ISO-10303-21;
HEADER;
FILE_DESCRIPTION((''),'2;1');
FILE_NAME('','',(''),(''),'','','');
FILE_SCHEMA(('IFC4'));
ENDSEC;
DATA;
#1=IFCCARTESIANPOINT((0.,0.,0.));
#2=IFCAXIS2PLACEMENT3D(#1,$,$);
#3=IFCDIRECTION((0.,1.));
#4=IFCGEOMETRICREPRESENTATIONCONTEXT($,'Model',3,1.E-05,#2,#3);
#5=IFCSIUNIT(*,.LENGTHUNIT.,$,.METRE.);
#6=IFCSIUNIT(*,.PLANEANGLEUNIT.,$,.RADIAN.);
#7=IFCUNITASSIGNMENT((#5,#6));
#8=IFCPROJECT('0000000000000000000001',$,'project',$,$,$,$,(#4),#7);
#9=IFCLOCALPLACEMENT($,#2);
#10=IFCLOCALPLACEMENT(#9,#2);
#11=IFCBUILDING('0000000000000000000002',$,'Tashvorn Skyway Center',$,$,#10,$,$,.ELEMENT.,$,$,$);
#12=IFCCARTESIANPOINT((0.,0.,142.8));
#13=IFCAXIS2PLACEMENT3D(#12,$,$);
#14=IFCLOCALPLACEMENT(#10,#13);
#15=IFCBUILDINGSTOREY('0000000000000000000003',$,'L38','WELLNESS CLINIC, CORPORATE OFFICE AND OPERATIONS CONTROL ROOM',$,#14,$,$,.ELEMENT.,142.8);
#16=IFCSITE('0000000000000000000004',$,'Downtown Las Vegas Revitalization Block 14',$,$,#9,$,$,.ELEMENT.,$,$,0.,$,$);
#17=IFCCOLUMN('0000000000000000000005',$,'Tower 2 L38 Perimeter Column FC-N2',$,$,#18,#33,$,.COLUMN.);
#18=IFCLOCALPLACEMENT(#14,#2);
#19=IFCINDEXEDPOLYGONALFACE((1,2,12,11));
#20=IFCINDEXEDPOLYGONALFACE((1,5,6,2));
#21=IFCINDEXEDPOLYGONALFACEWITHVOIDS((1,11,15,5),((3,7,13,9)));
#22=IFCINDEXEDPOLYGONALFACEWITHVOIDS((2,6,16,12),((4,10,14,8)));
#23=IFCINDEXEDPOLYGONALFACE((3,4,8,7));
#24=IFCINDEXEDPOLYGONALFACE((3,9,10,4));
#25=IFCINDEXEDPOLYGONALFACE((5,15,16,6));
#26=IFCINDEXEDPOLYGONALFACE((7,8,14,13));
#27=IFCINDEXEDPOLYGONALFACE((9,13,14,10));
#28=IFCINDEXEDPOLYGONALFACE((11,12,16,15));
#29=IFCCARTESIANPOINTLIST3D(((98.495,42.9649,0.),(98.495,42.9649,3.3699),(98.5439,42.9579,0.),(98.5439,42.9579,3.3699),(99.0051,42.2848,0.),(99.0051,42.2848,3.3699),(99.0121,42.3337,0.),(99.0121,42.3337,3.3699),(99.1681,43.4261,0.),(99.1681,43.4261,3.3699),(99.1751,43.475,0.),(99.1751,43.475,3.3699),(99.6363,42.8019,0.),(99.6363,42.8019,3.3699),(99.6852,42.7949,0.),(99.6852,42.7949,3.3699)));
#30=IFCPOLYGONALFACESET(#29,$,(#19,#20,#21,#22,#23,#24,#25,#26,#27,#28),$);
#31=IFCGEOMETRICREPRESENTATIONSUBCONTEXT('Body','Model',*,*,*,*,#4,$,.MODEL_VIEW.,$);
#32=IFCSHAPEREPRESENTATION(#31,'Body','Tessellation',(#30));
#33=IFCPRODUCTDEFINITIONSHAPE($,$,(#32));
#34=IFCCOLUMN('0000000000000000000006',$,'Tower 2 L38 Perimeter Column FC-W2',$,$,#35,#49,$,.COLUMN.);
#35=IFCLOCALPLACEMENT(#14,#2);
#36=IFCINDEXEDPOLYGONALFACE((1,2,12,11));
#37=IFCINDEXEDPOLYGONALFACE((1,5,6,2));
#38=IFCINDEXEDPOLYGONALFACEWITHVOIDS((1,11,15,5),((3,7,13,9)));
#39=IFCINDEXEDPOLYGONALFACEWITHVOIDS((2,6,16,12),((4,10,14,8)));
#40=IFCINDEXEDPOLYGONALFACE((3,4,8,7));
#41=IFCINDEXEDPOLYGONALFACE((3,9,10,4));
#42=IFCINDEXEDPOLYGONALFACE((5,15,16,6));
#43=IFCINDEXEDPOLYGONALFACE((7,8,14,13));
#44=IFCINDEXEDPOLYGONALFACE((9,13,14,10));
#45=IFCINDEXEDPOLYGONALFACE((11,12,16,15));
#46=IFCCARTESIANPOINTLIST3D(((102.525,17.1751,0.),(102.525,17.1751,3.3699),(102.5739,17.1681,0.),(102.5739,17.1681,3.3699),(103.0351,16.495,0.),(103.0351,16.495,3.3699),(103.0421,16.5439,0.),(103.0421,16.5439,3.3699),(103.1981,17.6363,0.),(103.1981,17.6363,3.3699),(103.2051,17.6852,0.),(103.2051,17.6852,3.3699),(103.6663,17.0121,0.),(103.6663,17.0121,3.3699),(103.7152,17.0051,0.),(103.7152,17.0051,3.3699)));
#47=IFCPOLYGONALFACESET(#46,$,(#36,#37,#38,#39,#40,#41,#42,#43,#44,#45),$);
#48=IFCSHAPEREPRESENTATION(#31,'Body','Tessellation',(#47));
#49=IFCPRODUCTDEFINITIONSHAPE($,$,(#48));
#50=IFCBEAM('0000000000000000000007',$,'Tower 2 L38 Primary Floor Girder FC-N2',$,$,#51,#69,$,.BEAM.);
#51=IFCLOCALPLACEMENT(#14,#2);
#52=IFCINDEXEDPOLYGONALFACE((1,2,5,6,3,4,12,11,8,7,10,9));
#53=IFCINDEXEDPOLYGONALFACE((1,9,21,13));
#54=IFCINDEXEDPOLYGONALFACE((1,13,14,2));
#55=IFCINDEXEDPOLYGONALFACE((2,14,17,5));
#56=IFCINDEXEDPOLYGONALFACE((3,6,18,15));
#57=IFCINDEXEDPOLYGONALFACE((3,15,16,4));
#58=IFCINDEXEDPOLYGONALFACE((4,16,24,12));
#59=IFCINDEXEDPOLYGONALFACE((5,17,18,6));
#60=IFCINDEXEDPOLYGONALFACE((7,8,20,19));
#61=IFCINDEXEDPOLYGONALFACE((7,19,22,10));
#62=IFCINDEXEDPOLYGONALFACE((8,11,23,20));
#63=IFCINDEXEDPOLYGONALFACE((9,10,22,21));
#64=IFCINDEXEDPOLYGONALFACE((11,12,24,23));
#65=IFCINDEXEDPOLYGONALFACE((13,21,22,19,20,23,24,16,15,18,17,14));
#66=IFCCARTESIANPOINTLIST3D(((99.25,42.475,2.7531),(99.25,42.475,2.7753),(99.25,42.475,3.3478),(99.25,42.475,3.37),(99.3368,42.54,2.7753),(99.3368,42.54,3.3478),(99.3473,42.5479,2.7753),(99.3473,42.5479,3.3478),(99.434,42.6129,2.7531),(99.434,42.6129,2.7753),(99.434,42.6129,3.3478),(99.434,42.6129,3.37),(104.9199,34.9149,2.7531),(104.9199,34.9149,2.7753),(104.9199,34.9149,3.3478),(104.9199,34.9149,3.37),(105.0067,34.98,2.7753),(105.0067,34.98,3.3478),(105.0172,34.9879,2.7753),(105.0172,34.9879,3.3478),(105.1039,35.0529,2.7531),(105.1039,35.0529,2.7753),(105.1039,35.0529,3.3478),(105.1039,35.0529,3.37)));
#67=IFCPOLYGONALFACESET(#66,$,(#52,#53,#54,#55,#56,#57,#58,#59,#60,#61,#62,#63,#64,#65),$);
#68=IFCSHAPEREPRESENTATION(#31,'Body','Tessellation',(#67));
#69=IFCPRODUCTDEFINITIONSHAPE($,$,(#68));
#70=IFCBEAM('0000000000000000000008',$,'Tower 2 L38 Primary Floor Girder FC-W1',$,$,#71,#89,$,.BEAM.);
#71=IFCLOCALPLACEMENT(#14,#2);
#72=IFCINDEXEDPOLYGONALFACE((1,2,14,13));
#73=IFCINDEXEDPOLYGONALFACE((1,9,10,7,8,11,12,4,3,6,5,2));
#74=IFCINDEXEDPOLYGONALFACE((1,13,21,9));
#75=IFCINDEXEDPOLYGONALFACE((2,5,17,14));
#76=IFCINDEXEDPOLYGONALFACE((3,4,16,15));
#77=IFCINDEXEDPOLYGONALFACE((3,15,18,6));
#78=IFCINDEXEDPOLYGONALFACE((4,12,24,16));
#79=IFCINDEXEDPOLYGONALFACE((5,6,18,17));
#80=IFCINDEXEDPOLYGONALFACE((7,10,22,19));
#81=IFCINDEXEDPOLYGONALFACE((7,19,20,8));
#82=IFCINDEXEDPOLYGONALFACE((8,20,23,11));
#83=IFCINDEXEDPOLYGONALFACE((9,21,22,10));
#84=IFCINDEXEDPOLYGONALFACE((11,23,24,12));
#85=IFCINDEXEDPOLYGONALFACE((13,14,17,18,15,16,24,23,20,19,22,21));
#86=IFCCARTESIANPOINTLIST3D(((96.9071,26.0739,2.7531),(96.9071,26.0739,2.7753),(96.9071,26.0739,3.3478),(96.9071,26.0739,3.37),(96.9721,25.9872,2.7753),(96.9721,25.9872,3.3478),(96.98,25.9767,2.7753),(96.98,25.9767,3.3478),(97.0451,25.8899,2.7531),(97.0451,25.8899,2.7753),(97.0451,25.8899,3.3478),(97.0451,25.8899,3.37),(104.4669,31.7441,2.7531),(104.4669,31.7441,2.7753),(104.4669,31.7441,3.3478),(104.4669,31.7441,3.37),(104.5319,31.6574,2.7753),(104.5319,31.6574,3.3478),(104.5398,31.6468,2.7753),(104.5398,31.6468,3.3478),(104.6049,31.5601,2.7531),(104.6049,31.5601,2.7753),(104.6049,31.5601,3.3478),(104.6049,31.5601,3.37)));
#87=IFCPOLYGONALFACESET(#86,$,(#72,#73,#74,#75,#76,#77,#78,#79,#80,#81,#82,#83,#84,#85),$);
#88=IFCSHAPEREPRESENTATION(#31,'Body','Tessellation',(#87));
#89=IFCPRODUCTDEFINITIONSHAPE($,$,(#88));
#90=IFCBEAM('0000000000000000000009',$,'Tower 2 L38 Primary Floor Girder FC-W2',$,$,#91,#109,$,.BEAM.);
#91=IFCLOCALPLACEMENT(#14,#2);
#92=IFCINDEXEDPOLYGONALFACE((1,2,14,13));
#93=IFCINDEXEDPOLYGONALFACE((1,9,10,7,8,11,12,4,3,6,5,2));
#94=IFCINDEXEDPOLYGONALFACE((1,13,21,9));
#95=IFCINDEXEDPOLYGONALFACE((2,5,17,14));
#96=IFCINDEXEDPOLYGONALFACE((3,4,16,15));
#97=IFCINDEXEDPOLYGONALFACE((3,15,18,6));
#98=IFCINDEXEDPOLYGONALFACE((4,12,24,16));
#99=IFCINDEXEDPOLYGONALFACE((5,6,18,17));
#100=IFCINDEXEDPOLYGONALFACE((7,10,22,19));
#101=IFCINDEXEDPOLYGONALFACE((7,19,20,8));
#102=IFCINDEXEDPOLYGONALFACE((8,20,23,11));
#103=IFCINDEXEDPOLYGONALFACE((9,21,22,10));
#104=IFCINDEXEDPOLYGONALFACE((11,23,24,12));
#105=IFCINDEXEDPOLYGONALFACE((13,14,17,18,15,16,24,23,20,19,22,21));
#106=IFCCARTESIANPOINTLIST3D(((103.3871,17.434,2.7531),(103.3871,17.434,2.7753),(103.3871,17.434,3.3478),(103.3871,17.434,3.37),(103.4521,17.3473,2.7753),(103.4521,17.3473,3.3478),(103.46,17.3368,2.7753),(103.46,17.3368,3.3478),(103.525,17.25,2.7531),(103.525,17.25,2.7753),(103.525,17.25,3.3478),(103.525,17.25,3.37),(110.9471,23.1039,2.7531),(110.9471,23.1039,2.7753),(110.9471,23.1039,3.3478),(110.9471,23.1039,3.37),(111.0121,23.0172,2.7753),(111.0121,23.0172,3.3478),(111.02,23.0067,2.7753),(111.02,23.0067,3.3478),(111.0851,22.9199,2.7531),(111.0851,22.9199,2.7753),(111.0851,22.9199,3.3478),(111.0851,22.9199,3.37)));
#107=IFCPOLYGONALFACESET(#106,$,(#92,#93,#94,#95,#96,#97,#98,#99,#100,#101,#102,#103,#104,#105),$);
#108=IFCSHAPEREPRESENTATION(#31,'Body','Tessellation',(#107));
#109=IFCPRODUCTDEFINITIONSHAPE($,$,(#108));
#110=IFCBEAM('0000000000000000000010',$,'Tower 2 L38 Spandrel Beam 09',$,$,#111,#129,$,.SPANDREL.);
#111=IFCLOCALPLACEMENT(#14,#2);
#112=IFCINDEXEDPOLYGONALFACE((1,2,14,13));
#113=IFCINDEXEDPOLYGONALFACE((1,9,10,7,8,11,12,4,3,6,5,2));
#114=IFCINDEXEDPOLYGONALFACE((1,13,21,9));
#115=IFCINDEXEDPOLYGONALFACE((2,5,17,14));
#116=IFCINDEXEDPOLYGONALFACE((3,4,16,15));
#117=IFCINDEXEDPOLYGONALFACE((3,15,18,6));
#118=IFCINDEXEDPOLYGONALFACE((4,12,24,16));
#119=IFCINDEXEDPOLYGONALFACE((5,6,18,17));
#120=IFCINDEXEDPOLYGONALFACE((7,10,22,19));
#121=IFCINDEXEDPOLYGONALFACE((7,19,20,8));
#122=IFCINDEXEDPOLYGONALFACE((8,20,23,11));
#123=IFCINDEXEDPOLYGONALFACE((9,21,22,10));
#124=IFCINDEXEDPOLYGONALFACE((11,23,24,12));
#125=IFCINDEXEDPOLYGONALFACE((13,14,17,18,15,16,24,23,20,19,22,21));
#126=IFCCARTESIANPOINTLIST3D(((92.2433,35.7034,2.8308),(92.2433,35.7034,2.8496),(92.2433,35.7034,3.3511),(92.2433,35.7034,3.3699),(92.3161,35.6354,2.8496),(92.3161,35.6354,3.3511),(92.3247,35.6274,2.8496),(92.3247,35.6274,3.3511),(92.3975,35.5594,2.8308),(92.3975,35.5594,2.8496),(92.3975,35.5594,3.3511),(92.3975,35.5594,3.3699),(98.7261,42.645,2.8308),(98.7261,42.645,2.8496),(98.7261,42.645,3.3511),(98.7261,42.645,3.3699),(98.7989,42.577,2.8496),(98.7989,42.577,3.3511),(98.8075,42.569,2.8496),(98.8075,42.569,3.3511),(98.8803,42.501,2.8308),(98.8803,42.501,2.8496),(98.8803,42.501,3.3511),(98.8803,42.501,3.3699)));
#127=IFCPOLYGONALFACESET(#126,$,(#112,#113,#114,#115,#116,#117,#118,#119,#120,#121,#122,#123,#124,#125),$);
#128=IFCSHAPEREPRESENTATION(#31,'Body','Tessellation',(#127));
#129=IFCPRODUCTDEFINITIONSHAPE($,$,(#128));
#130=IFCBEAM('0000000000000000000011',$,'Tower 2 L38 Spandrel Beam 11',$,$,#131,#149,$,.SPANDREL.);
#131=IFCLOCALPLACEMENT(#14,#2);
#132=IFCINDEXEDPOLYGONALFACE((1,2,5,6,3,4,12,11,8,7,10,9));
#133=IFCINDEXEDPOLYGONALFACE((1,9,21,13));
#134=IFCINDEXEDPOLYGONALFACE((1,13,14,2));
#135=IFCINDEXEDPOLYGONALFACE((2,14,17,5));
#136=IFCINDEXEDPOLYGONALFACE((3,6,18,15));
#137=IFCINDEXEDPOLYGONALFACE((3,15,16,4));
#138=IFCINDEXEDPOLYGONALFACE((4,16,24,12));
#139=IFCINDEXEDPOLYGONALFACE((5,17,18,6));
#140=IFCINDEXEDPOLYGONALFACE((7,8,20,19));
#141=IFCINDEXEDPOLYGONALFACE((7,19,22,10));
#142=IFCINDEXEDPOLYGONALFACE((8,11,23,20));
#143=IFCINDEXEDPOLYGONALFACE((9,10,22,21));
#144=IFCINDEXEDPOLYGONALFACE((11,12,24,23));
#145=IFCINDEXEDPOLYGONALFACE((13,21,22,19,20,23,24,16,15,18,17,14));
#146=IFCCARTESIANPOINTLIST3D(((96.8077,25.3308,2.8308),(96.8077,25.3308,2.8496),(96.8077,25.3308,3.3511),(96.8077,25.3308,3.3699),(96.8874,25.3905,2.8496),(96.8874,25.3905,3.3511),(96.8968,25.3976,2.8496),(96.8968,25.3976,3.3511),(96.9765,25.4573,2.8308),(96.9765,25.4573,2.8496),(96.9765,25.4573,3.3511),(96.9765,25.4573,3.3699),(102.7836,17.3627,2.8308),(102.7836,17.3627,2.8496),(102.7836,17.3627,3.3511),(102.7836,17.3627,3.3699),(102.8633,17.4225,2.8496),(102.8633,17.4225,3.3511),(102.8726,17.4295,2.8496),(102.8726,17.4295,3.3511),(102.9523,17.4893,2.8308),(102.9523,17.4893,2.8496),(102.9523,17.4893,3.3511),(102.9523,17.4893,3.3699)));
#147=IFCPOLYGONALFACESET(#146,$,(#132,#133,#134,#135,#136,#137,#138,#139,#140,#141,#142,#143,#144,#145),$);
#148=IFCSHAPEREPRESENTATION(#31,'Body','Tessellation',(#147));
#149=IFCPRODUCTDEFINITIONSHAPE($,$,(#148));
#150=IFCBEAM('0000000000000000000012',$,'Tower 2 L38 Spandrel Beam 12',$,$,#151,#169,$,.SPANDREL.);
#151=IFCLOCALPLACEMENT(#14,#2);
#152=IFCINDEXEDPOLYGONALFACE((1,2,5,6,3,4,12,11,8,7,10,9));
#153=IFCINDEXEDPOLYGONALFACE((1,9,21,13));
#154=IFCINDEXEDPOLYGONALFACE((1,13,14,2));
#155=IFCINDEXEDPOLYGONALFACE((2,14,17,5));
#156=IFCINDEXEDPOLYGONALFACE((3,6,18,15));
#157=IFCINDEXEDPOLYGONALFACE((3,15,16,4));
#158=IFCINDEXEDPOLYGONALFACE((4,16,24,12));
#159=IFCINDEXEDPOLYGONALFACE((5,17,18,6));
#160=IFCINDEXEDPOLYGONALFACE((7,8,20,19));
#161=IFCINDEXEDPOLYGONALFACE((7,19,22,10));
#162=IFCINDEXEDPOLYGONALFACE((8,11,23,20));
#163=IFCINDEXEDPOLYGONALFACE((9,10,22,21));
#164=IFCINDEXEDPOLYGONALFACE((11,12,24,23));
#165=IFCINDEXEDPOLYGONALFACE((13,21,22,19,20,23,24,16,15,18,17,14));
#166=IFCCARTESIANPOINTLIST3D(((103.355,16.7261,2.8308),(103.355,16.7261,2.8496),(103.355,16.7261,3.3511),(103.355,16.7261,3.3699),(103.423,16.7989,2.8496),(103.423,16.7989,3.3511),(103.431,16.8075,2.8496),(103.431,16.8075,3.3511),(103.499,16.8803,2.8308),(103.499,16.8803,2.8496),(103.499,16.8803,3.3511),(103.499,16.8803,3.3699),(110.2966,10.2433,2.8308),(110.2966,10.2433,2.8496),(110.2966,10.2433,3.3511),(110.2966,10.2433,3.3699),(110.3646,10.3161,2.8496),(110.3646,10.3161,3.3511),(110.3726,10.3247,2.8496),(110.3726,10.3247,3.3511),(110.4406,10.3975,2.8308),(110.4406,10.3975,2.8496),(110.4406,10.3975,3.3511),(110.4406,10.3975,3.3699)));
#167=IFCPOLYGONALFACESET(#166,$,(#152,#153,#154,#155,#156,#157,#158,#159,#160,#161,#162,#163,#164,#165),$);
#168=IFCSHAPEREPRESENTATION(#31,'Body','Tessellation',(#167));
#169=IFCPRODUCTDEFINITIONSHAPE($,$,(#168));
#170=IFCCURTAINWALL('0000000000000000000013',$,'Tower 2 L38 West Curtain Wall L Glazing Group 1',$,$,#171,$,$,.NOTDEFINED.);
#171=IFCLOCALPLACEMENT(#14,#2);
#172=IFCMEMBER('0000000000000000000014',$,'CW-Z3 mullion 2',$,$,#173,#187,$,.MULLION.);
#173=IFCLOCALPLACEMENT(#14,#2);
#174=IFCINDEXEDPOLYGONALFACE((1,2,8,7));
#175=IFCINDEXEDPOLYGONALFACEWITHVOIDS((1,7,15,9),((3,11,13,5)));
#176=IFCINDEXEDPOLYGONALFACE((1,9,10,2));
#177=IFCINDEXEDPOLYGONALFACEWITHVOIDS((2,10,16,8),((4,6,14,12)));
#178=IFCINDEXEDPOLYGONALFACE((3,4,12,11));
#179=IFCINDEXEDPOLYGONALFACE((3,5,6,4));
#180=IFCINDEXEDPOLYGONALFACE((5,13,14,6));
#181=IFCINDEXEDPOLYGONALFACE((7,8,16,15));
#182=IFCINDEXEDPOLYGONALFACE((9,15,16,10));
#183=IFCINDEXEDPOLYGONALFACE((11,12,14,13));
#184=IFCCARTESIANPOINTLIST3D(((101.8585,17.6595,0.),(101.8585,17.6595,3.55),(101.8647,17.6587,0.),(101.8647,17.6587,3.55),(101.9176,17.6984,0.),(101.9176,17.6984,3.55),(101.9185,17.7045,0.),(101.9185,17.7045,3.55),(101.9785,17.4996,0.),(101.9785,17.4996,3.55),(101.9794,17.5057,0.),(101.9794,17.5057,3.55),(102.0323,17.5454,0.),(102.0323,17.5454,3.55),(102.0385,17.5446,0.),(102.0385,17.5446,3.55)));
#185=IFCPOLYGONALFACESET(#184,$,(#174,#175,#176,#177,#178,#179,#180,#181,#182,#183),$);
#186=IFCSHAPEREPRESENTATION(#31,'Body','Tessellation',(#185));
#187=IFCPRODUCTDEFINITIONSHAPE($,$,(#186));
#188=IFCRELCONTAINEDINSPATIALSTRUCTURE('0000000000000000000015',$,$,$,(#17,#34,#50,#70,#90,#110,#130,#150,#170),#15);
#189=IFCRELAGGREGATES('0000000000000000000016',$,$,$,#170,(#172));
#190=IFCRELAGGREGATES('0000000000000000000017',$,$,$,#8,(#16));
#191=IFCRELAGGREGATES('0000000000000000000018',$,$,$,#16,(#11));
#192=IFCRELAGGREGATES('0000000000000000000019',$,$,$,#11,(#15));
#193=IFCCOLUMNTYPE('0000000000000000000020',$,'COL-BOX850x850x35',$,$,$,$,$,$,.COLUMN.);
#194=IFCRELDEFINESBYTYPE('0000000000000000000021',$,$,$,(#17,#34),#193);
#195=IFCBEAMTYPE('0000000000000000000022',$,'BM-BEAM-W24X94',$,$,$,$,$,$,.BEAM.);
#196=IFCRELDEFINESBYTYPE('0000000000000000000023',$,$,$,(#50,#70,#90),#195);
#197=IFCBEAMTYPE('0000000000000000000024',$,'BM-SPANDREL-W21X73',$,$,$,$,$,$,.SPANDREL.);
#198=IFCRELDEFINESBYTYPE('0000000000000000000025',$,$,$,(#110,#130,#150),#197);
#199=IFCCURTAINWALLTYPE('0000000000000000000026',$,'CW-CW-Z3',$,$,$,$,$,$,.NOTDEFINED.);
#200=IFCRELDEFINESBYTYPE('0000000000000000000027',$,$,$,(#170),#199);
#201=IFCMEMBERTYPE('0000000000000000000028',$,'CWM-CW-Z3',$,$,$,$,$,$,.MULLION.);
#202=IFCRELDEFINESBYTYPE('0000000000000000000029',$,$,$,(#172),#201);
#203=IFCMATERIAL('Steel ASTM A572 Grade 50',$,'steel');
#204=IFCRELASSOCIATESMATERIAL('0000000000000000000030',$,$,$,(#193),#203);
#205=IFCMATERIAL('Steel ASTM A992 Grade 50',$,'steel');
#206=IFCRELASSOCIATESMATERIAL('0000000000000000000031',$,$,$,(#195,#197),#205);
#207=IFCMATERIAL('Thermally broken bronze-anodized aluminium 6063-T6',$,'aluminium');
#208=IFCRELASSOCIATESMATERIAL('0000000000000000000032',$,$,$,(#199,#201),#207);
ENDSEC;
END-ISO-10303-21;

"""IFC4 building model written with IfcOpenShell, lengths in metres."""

from ifc_helpers import new_model, si_unit, direction, frame, origin, origin_2d, place, context, subcontext, project, spatial, hollow_rectangle, i_section, extrude, material, material_profile, profile_set, type_object, element, aggregate, save


model = new_model("IFC4")

# Units and contexts
model_context = context("Model", 3, precision=1e-05, world=origin(), true_north=direction((0.0, 1.0)))
body_context = subcontext(model_context, "Body", "Model", "MODEL_VIEW")
ifc_project = project(units=[si_unit("LENGTHUNIT", "METRE"), si_unit("PLANEANGLEUNIT", "RADIAN")], contexts=[model_context])

# Site, building, storey
site_placement = place(None, origin())
site = spatial("IfcSite", under=ifc_project, at=site_placement, Name="Downtown Las Vegas Revitalization Block 14", CompositionType="ELEMENT", RefElevation=0.0)
building_placement = place(site_placement, origin())
building = spatial("IfcBuilding", under=site, at=building_placement, Name="Tashvorn Skyway Center", CompositionType="ELEMENT")
storey_placement = place(building_placement, frame((0.0, 0.0, 142.8)))
storey = spatial("IfcBuildingStorey", under=building, at=storey_placement, Name="L38", Description="WELLNESS CLINIC, CORPORATE OFFICE AND OPERATIONS CONTROL ROOM", CompositionType="ELEMENT", Elevation=142.8)

# Columns
ifc_material_1 = material(Name="Steel ASTM A572 Grade 50", Category="steel")
ifc_material_profile_1 = material_profile(ifc_material_1, hollow_rectangle(XDim=0.8501, YDim=0.8501, WallThickness=0.0349, at=origin_2d()), Name="BOX850x850x35")
ifc_profile_set_1 = profile_set([ifc_material_profile_1], Name="Steel ASTM A572 Grade 50")
column_type = type_object("IfcColumnType", Name="COL-BOX850x850x35", PredefinedType="COLUMN", material=ifc_profile_set_1)
for number, where, z_axis, x_axis, name in (
    (1, (99.0901, 42.8799, 0.0), (0.0, 0.0, 1.0), (0.8, 0.6, 0.0), "Tower 2 L38 Perimeter Column FC-N2"),
    (2, (103.1201, 17.0901, 0.0), (0.0, 0.0, 1.0), (0.8, 0.6, 0.0), "Tower 2 L38 Perimeter Column FC-W2"),
):
    element("IfcColumn", number, at=place(storey_placement, frame(where, z_axis=z_axis, x_axis=x_axis)), inside=storey, type_object=column_type, Name=name, PredefinedType="COLUMN", context=body_context, shape_type="SweptSolid", body=[
        extrude(hollow_rectangle(XDim=0.8501, YDim=0.8501, WallThickness=0.0349, at=origin_2d()), origin(), (0.0, 0.0, 1.0), 3.3699),
    ])

# Beams
ifc_material_2 = material(Name="Steel ASTM A992 Grade 50", Category="steel")
ifc_material_profile_2 = material_profile(ifc_material_2, i_section(OverallWidth=0.23, OverallDepth=0.6169, WebThickness=0.0132, FlangeThickness=0.0222, at=origin_2d()), Name="W24X94")
ifc_profile_set_2 = profile_set([ifc_material_profile_2], Name="Steel ASTM A992 Grade 50")
beam_type_1 = type_object("IfcBeamType", Name="BM-BEAM-W24X94", PredefinedType="BEAM", material=ifc_profile_set_2)
for number, where, z_axis, x_axis, name in (
    (3, (99.342, 42.5439, 3.0615), (0.599992, -0.800006, 0.0), (0.800006, 0.599992, 0.0), "Tower 2 L38 Primary Floor Girder FC-N2"),
    (4, (96.9761, 25.9819, 3.0615), (0.799984, 0.600021, 0.0), (-0.600021, 0.799984, 0.0), "Tower 2 L38 Primary Floor Girder FC-W1"),
    (5, (103.4561, 17.342, 3.0615), (0.800006, 0.599992, 0.0), (-0.599992, 0.800006, 0.0), "Tower 2 L38 Primary Floor Girder FC-W2"),
):
    element("IfcBeam", number, at=place(storey_placement, frame(where, z_axis=z_axis, x_axis=x_axis)), inside=storey, type_object=beam_type_1, Name=name, PredefinedType="BEAM", context=body_context, shape_type="SweptSolid", body=[
        extrude(i_section(OverallWidth=0.23, OverallDepth=0.6169, WebThickness=0.0132, FlangeThickness=0.0222, at=origin_2d()), origin(), (0.0, 0.0, 1.0), 9.45),
    ])
ifc_material_profile_3 = material_profile(ifc_material_2, i_section(OverallWidth=0.2109, OverallDepth=0.5391, WebThickness=0.0117, FlangeThickness=0.0188, at=origin_2d()), Name="W21X73")
ifc_profile_set_3 = profile_set([ifc_material_profile_3], Name="Steel ASTM A992 Grade 50")
beam_type_2 = type_object("IfcBeamType", Name="BM-SPANDREL-W21X73", PredefinedType="SPANDREL", material=ifc_profile_set_3)
beam_1_placement = place(storey_placement, frame((98.8032, 42.573, 3.1003), z_axis=(-0.682545, -0.730843, 0.0), x_axis=(0.730843, -0.682545, 0.0)))
element("IfcBeam", 6, at=beam_1_placement, inside=storey, type_object=beam_type_2, Name="Tower 2 L38 Spandrel Beam 09", PredefinedType="SPANDREL", context=body_context, shape_type="SweptSolid", body=[
    extrude(i_section(OverallWidth=0.2109, OverallDepth=0.5391, WebThickness=0.0117, FlangeThickness=0.0188, at=origin_2d()), origin(), (0.0, 0.0, 1.0), 9.498),
])
beam_2_placement = place(storey_placement, frame((96.8921, 25.394, 3.1003), z_axis=(0.599988, -0.800009, 0.0), x_axis=(0.800009, 0.599988, 0.0)))
element("IfcBeam", 7, at=beam_2_placement, inside=storey, type_object=beam_type_2, Name="Tower 2 L38 Spandrel Beam 11", PredefinedType="SPANDREL", context=body_context, shape_type="SweptSolid", body=[
    extrude(i_section(OverallWidth=0.2109, OverallDepth=0.5391, WebThickness=0.0117, FlangeThickness=0.0188, at=origin_2d()), origin(), (0.0, 0.0, 1.0), 9.96),
])
beam_3_placement = place(storey_placement, frame((103.427, 16.8032, 3.1003), z_axis=(0.730843, -0.682545, 0.0), x_axis=(0.682545, 0.730843, 0.0)))
element("IfcBeam", 8, at=beam_3_placement, inside=storey, type_object=beam_type_2, Name="Tower 2 L38 Spandrel Beam 12", PredefinedType="SPANDREL", context=body_context, shape_type="SweptSolid", body=[
    extrude(i_section(OverallWidth=0.2109, OverallDepth=0.5391, WebThickness=0.0117, FlangeThickness=0.0188, at=origin_2d()), origin(), (0.0, 0.0, 1.0), 9.498),
])

# Curtain wall, member
ifc_material_3 = material(Name="Thermally broken bronze-anodized aluminium 6063-T6", Category="aluminium")
curtain_wall_type = type_object("IfcCurtainWallType", Name="CW-CW-Z3", PredefinedType="NOTDEFINED", material=ifc_material_3)
curtain_wall_1_placement = place(storey_placement, origin())
curtain_wall_1 = element("IfcCurtainWall", 9, at=curtain_wall_1_placement, inside=storey, type_object=curtain_wall_type, Name="Tower 2 L38 West Curtain Wall L Glazing Group 1", PredefinedType="NOTDEFINED")
ifc_material_profile_4 = material_profile(ifc_material_3, hollow_rectangle(XDim=0.075, YDim=0.2, WallThickness=0.0044, at=origin_2d()), Name="ALU-MULL-75x200")
ifc_profile_set_4 = profile_set([ifc_material_profile_4], Name="Thermally broken bronze-anodized aluminium 6063-T6")
member_type_1 = type_object("IfcMemberType", Name="CWM-CW-Z3", PredefinedType="MULLION", material=ifc_profile_set_4)
member_1_placement = place(storey_placement, frame((101.9485, 17.6021, 0.0), z_axis=(0.0, 0.0, 1.0), x_axis=(-0.799997, -0.600004, 0.0)))
member_1 = element("IfcMember", 10, at=member_1_placement, type_object=member_type_1, Name="CW-Z3 mullion 2", PredefinedType="MULLION", context=body_context, shape_type="SweptSolid", body=[
    extrude(hollow_rectangle(XDim=0.075, YDim=0.2, WallThickness=0.0044, at=origin_2d()), origin(), (0.0, 0.0, 1.0), 3.55),
])

aggregate(curtain_wall_1, [member_1])

save(model, "model.ifc")
